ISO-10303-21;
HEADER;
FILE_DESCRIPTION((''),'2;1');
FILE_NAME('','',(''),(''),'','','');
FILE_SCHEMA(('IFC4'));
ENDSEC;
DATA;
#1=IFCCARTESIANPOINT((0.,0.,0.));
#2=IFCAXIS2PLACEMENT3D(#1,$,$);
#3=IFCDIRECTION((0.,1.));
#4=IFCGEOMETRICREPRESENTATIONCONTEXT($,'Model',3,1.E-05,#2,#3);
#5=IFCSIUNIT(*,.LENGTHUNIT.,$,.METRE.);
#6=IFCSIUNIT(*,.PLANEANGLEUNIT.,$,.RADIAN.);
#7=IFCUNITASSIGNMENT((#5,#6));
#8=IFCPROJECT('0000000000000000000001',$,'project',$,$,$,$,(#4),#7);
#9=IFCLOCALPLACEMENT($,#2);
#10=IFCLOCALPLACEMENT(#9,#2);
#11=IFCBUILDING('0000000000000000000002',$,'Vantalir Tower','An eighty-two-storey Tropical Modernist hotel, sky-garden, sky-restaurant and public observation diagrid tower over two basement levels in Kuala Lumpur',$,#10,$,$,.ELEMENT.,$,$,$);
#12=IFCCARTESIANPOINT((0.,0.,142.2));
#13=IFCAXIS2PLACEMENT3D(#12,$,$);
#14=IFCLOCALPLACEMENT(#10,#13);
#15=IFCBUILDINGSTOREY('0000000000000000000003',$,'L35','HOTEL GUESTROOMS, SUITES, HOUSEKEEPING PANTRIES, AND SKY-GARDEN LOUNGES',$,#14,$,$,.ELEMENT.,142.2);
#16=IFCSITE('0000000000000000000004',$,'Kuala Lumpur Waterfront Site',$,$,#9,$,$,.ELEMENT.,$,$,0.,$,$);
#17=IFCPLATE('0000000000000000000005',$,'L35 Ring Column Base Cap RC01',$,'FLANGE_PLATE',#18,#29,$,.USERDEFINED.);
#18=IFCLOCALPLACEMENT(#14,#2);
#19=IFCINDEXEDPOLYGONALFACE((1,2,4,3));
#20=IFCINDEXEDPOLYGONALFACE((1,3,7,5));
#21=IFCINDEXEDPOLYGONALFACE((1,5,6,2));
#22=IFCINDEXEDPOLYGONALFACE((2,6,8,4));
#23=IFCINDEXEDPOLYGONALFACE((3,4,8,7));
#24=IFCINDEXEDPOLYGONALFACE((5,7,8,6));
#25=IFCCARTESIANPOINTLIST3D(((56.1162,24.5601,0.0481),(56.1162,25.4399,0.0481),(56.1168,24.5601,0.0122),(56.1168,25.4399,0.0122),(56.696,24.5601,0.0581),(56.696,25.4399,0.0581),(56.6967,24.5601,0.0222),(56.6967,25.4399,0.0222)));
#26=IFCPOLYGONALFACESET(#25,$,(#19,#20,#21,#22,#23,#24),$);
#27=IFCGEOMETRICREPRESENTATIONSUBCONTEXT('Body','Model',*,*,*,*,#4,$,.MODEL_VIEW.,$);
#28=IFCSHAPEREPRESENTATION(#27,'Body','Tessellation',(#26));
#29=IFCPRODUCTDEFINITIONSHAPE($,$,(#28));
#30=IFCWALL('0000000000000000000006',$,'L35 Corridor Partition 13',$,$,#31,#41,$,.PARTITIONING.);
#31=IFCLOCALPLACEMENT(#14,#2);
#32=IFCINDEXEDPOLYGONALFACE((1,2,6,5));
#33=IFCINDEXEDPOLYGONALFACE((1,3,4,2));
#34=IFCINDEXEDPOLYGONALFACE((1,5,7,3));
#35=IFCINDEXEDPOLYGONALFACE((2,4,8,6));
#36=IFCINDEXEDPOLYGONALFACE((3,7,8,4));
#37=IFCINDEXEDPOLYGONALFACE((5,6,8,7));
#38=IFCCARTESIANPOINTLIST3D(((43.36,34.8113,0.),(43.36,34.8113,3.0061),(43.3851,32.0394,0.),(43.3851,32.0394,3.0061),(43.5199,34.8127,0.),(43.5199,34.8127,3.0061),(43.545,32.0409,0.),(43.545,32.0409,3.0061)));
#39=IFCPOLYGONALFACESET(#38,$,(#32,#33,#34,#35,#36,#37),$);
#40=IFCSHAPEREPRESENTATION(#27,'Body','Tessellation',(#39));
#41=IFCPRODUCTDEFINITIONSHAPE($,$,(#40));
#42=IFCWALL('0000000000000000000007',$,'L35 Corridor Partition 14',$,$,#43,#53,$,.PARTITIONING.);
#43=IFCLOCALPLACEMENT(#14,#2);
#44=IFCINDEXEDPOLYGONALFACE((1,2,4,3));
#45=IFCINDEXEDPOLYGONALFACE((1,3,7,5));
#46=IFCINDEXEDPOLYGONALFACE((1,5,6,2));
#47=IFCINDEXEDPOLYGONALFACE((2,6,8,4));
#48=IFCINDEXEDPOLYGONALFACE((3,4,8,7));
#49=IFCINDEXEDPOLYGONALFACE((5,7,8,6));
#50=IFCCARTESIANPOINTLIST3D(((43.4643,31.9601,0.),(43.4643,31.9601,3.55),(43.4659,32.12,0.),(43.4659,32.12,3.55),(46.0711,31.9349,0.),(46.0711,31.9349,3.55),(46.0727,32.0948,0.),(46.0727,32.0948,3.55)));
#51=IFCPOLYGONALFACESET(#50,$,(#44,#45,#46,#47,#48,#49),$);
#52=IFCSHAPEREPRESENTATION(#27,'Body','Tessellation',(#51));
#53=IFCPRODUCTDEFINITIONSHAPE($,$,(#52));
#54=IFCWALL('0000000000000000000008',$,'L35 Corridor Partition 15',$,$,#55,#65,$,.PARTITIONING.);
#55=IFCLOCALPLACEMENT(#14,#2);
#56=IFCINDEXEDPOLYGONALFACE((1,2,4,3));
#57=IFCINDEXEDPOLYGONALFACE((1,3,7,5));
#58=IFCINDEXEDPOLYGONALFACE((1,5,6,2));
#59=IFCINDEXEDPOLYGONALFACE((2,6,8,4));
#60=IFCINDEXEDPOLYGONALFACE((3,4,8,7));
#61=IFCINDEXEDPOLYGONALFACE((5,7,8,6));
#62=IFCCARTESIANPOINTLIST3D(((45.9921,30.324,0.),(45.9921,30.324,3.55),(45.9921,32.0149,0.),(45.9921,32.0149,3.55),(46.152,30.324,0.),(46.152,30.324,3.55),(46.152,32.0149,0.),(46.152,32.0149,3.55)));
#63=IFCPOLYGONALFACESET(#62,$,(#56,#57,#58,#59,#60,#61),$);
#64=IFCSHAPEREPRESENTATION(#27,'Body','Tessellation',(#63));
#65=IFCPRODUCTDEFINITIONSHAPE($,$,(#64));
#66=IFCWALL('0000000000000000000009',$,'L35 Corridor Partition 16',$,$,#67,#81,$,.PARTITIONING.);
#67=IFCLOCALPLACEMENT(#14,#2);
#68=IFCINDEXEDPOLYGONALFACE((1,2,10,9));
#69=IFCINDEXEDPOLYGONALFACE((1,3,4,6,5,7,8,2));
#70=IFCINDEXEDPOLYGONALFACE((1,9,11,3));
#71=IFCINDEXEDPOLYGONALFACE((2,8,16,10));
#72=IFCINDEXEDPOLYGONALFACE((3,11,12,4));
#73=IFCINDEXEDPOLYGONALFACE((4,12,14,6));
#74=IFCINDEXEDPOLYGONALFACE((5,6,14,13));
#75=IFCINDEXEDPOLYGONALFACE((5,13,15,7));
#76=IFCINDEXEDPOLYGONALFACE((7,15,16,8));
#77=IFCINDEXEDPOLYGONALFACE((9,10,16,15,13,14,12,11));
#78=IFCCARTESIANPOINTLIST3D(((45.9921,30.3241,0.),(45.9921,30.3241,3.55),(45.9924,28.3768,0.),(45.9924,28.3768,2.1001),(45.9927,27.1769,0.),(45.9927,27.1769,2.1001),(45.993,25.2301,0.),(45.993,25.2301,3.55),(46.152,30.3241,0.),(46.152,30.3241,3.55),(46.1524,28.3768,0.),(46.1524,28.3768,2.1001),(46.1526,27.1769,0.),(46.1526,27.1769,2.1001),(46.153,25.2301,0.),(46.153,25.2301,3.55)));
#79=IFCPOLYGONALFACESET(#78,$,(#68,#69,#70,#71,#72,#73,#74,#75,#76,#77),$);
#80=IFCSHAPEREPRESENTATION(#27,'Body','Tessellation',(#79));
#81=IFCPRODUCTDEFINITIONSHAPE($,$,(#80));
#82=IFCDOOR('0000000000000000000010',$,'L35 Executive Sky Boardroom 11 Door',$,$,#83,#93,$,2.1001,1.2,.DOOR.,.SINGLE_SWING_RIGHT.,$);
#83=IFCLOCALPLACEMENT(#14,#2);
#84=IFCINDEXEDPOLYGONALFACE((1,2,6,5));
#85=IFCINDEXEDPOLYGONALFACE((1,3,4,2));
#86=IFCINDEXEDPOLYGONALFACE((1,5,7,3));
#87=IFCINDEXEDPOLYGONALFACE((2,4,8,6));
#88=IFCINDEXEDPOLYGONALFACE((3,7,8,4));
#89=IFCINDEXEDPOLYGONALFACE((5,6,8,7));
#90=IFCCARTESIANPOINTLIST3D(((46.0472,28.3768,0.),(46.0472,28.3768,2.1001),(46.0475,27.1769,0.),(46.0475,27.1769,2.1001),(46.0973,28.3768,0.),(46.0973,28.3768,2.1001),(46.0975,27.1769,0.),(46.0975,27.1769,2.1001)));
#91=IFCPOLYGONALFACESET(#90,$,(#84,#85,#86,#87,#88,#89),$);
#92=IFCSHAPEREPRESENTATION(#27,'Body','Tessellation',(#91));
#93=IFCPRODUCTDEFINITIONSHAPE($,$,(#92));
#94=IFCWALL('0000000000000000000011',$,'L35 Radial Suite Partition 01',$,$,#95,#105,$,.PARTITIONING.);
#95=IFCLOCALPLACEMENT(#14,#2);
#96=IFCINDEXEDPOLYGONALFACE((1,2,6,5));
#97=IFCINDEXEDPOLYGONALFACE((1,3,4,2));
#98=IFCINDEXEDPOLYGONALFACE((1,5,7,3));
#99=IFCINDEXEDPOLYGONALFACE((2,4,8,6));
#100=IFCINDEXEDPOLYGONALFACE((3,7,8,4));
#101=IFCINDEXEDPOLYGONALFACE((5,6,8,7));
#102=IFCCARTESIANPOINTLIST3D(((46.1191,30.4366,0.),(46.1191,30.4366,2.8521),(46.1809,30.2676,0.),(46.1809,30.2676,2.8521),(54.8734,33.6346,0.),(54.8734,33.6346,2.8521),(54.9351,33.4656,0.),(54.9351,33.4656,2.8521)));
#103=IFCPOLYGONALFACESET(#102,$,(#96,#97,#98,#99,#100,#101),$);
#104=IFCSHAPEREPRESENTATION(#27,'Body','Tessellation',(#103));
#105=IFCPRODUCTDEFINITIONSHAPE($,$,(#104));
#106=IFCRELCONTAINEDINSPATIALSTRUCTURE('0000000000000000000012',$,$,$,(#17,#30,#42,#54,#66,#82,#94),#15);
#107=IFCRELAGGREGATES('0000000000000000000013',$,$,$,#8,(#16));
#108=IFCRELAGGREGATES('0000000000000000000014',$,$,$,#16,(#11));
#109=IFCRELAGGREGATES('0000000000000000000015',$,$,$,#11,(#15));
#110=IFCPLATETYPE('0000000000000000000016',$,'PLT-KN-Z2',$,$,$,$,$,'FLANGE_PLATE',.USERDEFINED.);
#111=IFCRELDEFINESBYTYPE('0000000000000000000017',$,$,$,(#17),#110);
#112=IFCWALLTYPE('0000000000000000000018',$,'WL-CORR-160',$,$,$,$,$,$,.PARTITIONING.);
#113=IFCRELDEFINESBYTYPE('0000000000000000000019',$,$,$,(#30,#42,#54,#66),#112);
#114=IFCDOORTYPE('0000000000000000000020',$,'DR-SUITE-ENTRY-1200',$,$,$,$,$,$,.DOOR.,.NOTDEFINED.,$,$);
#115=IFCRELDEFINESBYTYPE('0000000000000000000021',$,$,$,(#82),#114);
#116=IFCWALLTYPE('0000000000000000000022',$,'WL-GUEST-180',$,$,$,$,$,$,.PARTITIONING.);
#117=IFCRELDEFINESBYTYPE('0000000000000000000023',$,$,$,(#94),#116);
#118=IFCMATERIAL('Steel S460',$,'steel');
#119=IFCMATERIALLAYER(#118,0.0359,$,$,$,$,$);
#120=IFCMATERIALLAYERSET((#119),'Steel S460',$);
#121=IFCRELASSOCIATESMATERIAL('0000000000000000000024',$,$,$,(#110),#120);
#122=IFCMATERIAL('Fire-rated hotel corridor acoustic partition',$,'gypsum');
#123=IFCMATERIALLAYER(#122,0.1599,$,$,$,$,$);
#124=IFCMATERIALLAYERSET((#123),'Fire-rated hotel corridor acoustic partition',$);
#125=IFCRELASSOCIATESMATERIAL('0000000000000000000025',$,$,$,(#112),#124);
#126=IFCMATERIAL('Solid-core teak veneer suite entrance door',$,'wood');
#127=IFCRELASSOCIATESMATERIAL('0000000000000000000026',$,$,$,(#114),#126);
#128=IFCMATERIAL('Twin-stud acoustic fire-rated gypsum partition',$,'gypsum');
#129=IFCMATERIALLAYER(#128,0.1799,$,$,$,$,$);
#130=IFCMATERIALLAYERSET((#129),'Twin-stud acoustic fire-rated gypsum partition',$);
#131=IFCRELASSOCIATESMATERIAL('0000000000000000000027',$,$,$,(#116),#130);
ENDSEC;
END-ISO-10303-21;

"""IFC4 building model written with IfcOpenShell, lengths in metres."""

from ifc_helpers import new_model, si_unit, direction, frame, frame_2d, origin, place, context, subcontext, project, spatial, polyline, rectangle, outline, extrude, material, layer, layer_set, type_object, element, fill, save


model = new_model("IFC4")

# Units and contexts
model_context = context("Model", 3, precision=1e-05, world=origin(), true_north=direction((0.0, 1.0)))
body_context = subcontext(model_context, "Body", "Model", "MODEL_VIEW")
ifc_project = project(units=[si_unit("LENGTHUNIT", "METRE"), si_unit("PLANEANGLEUNIT", "RADIAN")], contexts=[model_context])

# Site, building, storey
site_placement = place(None, origin())
site = spatial("IfcSite", under=ifc_project, at=site_placement, Name="Kuala Lumpur Waterfront Site", CompositionType="ELEMENT", RefElevation=0.0)
building_placement = place(site_placement, origin())
building = spatial("IfcBuilding", under=site, at=building_placement, Name="Vantalir Tower", Description="An eighty-two-storey Tropical Modernist hotel, sky-garden, sky-restaurant and public observation diagrid tower over two basement levels in Kuala Lumpur", CompositionType="ELEMENT")
storey_placement = place(building_placement, frame((0.0, 0.0, 142.2)))
storey = spatial("IfcBuildingStorey", under=building, at=storey_placement, Name="L35", Description="HOTEL GUESTROOMS, SUITES, HOUSEKEEPING PANTRIES, AND SKY-GARDEN LOUNGES", CompositionType="ELEMENT", Elevation=142.2)

# Shared definitions
ifc_material_1 = material(Name="Steel S460", Category="steel")

# Plate
ifc_layer_1 = layer(ifc_material_1, 0.0359)
ifc_layer_set_1 = layer_set([ifc_layer_1], Name="Steel S460")
plate_type_1 = type_object("IfcPlateType", Name="PLT-KN-Z2", ElementType="FLANGE_PLATE", PredefinedType="USERDEFINED", material=ifc_layer_set_1)
plate_1_placement = place(storey_placement, frame((56.1162, 25.4399, 0.0481), z_axis=(-0.017261, 0.0, 0.999851), x_axis=(0.0, -1.0, 0.0)))
element("IfcPlate", 1, at=plate_1_placement, inside=storey, type_object=plate_type_1, Name="L35 Ring Column Base Cap RC01", ObjectType="FLANGE_PLATE", PredefinedType="USERDEFINED", context=body_context, shape_type="SweptSolid", body=[
    extrude(outline(polyline([(0.0, 0.0), (0.8799, 0.0), (0.8799, 0.5799), (0.0, 0.5799), (0.0, 0.0)])), origin(), (0.0, 0.0, -1.0), 0.0359),
])

# Walls
ifc_material_2 = material(Name="Fire-rated hotel corridor acoustic partition", Category="gypsum")
ifc_layer_2 = layer(ifc_material_2, 0.1599)
ifc_layer_set_2 = layer_set([ifc_layer_2], Name="Fire-rated hotel corridor acoustic partition")
wall_type_1 = type_object("IfcWallType", Name="WL-CORR-160", PredefinedType="PARTITIONING", material=ifc_layer_set_2)
wall_1_placement = place(storey_placement, frame((43.4399, 34.812, 0.0), z_axis=(0.0, 0.0, 1.0), x_axis=(0.009071, -0.999959, 0.0)))
element("IfcWall", 2, at=wall_1_placement, inside=storey, type_object=wall_type_1, Name="L35 Corridor Partition 13", PredefinedType="PARTITIONING", context=body_context, shape_type="SweptSolid", body=[
    extrude(rectangle(XDim=2.772, YDim=0.1599, at=frame_2d((1.386, 0.0))), origin(), (0.0, 0.0, 1.0), 3.0061),
])
wall_2_placement = place(storey_placement, frame((43.4651, 32.04, 0.0), z_axis=(0.0, 0.0, 1.0), x_axis=(0.999953, -0.009646, 0.0)))
element("IfcWall", 3, at=wall_2_placement, inside=storey, type_object=wall_type_1, Name="L35 Corridor Partition 14", PredefinedType="PARTITIONING", context=body_context, shape_type="SweptSolid", body=[
    extrude(rectangle(XDim=2.6069, YDim=0.1599, at=frame_2d((1.3035, 0.0))), origin(), (0.0, 0.0, 1.0), 3.55),
])
wall_3_placement = place(storey_placement, frame((46.072, 32.0149, 0.0), z_axis=(0.0, 0.0, 1.0), x_axis=(0.0, -1.0, 0.0)))
element("IfcWall", 4, at=wall_3_placement, inside=storey, type_object=wall_type_1, Name="L35 Corridor Partition 15", PredefinedType="PARTITIONING", context=body_context, shape_type="SweptSolid", body=[
    extrude(rectangle(XDim=1.6909, YDim=0.1599, at=frame_2d((0.8455, 0.0))), origin(), (0.0, 0.0, 1.0), 3.55),
])

# Wall, opening, door
wall_4_placement = place(storey_placement, frame((46.072, 30.324, 0.0), z_axis=(0.0, 0.0, 1.0), x_axis=(0.000192, -1.0, 0.0)))
wall_4 = element("IfcWall", 5, at=wall_4_placement, inside=storey, type_object=wall_type_1, Name="L35 Corridor Partition 16", PredefinedType="PARTITIONING", context=body_context, shape_type="SweptSolid", body=[
    extrude(rectangle(XDim=5.094, YDim=0.1599, at=frame_2d((2.5469, 0.0))), origin(), (0.0, 0.0, 1.0), 3.55),
])
opening_placement = place(wall_4_placement, frame((1.947, 0.0, 0.0)))
opening = element("IfcOpeningElement", 6, at=opening_placement, cuts=wall_4, PredefinedType="OPENING", context=body_context, shape_type="SweptSolid", body=[
    extrude(rectangle(XDim=1.2, YDim=2.1001, at=frame_2d((0.6001, 1.05))), frame((0.0, 0.0898, 0.0), z_axis=(0.0, -1.0, 0.0), x_axis=(1.0, 0.0, 0.0)), (0.0, 0.0, 1.0), 0.1799),
])
ifc_material_3 = material(Name="Solid-core teak veneer suite entrance door", Category="wood")
door_type = type_object("IfcDoorType", Name="DR-SUITE-ENTRY-1200", OperationType="NOTDEFINED", PredefinedType="DOOR", material=ifc_material_3)
door_placement = place(opening_placement, origin())
door = element("IfcDoor", 7, at=door_placement, inside=storey, type_object=door_type, Name="L35 Executive Sky Boardroom 11 Door", OperationType="SINGLE_SWING_RIGHT", OverallHeight=2.1001, OverallWidth=1.2, PredefinedType="DOOR", context=body_context, shape_type="SweptSolid", body=[
    extrude(rectangle(XDim=1.2, YDim=2.1001, at=frame_2d((0.6001, 1.05))), frame((0.0, 0.0249, 0.0), z_axis=(0.0, -1.0, 0.0), x_axis=(1.0, 0.0, 0.0)), (0.0, 0.0, 1.0), 0.05),
])
fill(opening, door)

# Wall
ifc_material_4 = material(Name="Twin-stud acoustic fire-rated gypsum partition", Category="gypsum")
ifc_layer_3 = layer(ifc_material_4, 0.1799)
ifc_layer_set_3 = layer_set([ifc_layer_3], Name="Twin-stud acoustic fire-rated gypsum partition")
wall_type_2 = type_object("IfcWallType", Name="WL-GUEST-180", PredefinedType="PARTITIONING", material=ifc_layer_set_3)
wall_5_placement = place(storey_placement, frame((46.1499, 30.3521, 0.0), z_axis=(0.0, 0.0, 1.0), x_axis=(0.939287, 0.343133, 0.0)))
element("IfcWall", 8, at=wall_5_placement, inside=storey, type_object=wall_type_2, Name="L35 Radial Suite Partition 01", PredefinedType="PARTITIONING", context=body_context, shape_type="SweptSolid", body=[
    extrude(rectangle(XDim=9.3201, YDim=0.1799, at=frame_2d((4.6602, 0.0))), origin(), (0.0, 0.0, 1.0), 2.8521),
])

save(model, "model.ifc")
